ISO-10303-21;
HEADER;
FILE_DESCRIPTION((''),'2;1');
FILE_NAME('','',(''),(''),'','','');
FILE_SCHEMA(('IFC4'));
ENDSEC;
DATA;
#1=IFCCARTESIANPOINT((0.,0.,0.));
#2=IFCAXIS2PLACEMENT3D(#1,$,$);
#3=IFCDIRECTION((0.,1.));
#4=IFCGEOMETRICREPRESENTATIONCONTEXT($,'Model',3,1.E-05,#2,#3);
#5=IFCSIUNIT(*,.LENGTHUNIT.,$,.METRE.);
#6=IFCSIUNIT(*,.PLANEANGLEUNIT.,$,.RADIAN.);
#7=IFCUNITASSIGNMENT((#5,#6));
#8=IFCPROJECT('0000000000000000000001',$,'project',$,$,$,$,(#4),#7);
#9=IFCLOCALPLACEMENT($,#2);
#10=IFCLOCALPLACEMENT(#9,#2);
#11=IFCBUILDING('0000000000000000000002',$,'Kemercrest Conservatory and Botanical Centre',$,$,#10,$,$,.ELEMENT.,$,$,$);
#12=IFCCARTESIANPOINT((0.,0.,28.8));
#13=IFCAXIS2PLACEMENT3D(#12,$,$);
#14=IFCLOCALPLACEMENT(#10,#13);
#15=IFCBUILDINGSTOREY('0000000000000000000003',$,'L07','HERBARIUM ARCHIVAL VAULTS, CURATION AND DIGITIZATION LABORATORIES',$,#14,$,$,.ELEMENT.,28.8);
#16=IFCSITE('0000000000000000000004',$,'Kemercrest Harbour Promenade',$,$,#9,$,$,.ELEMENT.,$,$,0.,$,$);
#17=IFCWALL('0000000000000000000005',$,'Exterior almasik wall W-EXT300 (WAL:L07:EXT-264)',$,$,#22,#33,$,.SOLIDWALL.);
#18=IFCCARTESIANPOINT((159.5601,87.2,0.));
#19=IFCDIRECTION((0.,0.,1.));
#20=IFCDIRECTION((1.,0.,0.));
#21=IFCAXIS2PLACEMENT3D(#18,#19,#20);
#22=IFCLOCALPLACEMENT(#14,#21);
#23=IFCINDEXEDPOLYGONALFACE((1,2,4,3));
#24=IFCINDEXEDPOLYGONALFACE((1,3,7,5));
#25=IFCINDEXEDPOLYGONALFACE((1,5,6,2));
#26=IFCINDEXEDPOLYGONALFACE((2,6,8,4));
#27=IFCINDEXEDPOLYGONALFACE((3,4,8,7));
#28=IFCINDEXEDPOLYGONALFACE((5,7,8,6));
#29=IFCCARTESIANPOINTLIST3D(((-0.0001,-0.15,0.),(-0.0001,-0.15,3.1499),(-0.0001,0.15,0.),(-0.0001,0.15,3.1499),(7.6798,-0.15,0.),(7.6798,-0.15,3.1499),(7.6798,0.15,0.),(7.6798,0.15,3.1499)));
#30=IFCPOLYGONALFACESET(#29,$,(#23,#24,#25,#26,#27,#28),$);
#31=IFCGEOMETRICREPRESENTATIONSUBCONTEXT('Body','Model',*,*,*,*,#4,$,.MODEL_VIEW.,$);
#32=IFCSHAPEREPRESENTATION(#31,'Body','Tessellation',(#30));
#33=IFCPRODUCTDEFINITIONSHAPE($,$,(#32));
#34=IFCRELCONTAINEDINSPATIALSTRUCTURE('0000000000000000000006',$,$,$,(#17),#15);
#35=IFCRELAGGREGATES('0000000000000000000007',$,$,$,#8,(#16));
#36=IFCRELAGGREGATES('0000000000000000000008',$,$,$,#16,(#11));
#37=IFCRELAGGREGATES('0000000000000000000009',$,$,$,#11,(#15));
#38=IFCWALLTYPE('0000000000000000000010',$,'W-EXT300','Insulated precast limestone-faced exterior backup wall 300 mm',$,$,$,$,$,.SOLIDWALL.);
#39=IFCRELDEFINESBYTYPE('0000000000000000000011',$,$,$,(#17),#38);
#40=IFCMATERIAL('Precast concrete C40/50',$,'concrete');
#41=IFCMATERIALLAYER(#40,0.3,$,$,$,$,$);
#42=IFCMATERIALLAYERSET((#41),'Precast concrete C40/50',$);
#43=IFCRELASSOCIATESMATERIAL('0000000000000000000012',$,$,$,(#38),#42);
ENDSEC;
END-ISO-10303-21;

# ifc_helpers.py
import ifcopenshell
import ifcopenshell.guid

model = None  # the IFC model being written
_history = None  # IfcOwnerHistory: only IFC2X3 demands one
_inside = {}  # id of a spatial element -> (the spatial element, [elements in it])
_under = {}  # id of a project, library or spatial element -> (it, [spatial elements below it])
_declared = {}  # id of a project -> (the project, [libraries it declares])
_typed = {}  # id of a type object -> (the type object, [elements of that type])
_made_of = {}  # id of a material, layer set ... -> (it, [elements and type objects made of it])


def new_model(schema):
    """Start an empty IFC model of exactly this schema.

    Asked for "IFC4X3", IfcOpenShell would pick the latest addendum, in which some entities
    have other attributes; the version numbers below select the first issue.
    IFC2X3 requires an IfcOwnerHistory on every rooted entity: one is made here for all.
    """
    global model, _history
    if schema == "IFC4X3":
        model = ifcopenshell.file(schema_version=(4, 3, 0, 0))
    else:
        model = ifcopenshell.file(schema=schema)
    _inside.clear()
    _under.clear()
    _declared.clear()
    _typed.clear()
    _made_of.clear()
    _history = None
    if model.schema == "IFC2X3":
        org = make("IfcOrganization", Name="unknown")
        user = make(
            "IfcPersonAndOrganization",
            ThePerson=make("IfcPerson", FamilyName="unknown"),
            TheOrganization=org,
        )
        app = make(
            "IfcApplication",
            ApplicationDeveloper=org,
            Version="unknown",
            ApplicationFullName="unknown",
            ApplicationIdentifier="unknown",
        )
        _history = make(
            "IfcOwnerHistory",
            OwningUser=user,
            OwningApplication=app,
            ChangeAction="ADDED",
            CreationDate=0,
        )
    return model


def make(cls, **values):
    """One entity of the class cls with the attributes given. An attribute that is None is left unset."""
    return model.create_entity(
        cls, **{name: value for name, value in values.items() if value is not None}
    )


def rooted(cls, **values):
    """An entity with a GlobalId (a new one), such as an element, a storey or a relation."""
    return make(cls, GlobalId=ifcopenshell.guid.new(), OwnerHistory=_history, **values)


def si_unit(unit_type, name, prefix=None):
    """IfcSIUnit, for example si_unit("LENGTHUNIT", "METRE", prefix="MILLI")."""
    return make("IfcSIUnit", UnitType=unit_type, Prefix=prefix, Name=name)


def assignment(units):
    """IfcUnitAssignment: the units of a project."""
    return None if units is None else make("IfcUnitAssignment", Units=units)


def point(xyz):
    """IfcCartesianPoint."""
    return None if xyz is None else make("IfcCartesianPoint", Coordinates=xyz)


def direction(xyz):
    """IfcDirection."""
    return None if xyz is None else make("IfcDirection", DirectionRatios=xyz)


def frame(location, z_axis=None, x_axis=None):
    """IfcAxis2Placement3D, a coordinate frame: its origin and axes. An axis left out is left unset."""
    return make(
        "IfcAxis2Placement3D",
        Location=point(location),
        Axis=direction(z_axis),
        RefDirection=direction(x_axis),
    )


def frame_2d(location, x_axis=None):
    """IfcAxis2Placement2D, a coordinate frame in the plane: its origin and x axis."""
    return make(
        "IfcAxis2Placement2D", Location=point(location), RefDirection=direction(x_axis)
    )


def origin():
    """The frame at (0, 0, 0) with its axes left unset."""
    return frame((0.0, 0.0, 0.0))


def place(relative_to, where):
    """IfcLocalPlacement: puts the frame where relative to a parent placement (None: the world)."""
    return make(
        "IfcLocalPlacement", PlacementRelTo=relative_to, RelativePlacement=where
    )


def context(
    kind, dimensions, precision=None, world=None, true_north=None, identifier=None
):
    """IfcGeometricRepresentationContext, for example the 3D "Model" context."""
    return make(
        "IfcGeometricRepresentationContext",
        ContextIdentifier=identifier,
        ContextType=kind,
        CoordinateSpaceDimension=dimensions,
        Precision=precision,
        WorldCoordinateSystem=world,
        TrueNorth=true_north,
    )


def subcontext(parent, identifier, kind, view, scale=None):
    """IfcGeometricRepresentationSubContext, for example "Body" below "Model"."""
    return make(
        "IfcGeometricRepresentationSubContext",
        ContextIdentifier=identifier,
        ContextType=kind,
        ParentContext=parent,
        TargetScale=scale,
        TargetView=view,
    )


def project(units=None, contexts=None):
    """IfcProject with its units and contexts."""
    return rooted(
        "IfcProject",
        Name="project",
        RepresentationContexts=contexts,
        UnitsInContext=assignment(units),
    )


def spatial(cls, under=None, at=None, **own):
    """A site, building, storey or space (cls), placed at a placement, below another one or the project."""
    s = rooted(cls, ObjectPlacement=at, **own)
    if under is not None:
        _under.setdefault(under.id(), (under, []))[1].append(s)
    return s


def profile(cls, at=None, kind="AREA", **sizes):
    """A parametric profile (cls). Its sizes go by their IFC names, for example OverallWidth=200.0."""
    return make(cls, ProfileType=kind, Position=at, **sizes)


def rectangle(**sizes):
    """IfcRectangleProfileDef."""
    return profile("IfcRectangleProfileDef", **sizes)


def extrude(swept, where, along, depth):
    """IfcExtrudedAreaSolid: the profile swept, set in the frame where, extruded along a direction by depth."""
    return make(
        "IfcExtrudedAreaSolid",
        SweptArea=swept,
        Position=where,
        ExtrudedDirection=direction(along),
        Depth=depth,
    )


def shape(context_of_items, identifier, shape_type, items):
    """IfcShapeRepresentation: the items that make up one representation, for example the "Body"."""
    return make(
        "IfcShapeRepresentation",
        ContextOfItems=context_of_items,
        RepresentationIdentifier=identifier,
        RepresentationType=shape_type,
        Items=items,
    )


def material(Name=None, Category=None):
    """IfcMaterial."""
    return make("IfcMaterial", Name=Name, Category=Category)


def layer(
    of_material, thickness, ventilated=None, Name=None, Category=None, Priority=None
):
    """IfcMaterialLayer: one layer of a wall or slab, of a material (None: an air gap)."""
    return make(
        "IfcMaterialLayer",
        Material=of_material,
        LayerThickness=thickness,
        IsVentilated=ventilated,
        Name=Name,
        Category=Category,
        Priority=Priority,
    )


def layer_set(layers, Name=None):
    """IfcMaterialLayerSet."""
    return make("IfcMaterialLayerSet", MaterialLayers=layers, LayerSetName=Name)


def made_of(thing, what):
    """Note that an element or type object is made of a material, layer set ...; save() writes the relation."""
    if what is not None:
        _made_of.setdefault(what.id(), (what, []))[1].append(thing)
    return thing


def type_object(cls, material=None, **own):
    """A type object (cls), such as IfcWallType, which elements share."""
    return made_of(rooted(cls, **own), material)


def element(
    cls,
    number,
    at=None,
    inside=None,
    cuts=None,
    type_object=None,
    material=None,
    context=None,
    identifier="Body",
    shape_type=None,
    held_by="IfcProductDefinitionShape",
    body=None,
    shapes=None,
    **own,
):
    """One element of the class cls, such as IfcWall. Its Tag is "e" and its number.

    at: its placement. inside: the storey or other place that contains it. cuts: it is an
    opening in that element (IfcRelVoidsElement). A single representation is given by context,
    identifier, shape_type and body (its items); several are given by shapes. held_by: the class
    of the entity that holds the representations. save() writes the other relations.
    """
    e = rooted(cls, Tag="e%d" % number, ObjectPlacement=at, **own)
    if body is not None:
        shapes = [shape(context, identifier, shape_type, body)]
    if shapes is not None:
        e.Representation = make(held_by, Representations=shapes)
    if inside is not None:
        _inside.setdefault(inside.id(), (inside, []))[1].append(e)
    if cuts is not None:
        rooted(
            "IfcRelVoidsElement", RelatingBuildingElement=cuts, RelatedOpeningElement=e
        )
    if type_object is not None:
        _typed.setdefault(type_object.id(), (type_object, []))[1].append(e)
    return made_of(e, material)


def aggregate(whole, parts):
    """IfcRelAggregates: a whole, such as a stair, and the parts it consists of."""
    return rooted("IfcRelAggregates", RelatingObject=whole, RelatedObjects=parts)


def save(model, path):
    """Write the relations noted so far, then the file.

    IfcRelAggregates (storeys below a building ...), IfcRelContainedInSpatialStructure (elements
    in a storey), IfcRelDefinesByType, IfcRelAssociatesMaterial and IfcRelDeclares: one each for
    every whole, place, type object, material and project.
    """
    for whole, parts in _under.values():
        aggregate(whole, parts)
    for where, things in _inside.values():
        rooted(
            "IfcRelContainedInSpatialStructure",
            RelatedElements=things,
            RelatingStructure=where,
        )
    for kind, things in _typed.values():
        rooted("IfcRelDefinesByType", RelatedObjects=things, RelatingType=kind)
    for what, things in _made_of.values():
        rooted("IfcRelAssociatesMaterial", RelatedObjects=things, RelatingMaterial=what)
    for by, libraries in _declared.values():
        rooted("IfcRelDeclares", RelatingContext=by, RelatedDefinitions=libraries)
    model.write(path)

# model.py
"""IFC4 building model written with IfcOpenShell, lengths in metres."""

from ifc_helpers import new_model, si_unit, direction, frame, frame_2d, origin, place, context, subcontext, project, spatial, rectangle, extrude, material, layer, layer_set, type_object, element, save


model = new_model("IFC4")

# Units and contexts
model_context = context("Model", 3, precision=1e-05, world=origin(), true_north=direction((0.0, 1.0)))
body_context = subcontext(model_context, "Body", "Model", "MODEL_VIEW")
ifc_project = project(units=[si_unit("LENGTHUNIT", "METRE"), si_unit("PLANEANGLEUNIT", "RADIAN")], contexts=[model_context])

# Site, building, storey
site_placement = place(None, origin())
site = spatial("IfcSite", under=ifc_project, at=site_placement, Name="Kemercrest Harbour Promenade", CompositionType="ELEMENT", RefElevation=0.0)
building_placement = place(site_placement, origin())
building = spatial("IfcBuilding", under=site, at=building_placement, Name="Kemercrest Conservatory and Botanical Centre", CompositionType="ELEMENT")
storey_placement = place(building_placement, frame((0.0, 0.0, 28.8)))
storey = spatial("IfcBuildingStorey", under=building, at=storey_placement, Name="L07", Description="HERBARIUM ARCHIVAL VAULTS, CURATION AND DIGITIZATION LABORATORIES", CompositionType="ELEMENT", Elevation=28.8)

# Wall
ifc_material_1 = material(Name="Precast concrete C40/50", Category="concrete")
ifc_layer_1 = layer(ifc_material_1, 0.3)
ifc_layer_set_1 = layer_set([ifc_layer_1], Name="Precast concrete C40/50")
wall_type_1 = type_object("IfcWallType", Name="W-EXT300", Description="Insulated precast limestone-faced exterior backup wall 300 mm", PredefinedType="SOLIDWALL", material=ifc_layer_set_1)
wall_1_placement = place(storey_placement, frame((159.5601, 87.2, 0.0), z_axis=(0.0, 0.0, 1.0), x_axis=(1.0, 0.0, 0.0)))
element("IfcWall", 1, at=wall_1_placement, inside=storey, type_object=wall_type_1, Name="Exterior almasik wall W-EXT300 (WAL:L07:EXT-264)", PredefinedType="SOLIDWALL", context=body_context, shape_type="SweptSolid", body=[
    extrude(rectangle(XDim=7.6799, YDim=0.3, at=frame_2d((3.8398, 0.0))), origin(), (0.0, 0.0, 1.0), 3.1499),
])

save(model, "model.ifc")
